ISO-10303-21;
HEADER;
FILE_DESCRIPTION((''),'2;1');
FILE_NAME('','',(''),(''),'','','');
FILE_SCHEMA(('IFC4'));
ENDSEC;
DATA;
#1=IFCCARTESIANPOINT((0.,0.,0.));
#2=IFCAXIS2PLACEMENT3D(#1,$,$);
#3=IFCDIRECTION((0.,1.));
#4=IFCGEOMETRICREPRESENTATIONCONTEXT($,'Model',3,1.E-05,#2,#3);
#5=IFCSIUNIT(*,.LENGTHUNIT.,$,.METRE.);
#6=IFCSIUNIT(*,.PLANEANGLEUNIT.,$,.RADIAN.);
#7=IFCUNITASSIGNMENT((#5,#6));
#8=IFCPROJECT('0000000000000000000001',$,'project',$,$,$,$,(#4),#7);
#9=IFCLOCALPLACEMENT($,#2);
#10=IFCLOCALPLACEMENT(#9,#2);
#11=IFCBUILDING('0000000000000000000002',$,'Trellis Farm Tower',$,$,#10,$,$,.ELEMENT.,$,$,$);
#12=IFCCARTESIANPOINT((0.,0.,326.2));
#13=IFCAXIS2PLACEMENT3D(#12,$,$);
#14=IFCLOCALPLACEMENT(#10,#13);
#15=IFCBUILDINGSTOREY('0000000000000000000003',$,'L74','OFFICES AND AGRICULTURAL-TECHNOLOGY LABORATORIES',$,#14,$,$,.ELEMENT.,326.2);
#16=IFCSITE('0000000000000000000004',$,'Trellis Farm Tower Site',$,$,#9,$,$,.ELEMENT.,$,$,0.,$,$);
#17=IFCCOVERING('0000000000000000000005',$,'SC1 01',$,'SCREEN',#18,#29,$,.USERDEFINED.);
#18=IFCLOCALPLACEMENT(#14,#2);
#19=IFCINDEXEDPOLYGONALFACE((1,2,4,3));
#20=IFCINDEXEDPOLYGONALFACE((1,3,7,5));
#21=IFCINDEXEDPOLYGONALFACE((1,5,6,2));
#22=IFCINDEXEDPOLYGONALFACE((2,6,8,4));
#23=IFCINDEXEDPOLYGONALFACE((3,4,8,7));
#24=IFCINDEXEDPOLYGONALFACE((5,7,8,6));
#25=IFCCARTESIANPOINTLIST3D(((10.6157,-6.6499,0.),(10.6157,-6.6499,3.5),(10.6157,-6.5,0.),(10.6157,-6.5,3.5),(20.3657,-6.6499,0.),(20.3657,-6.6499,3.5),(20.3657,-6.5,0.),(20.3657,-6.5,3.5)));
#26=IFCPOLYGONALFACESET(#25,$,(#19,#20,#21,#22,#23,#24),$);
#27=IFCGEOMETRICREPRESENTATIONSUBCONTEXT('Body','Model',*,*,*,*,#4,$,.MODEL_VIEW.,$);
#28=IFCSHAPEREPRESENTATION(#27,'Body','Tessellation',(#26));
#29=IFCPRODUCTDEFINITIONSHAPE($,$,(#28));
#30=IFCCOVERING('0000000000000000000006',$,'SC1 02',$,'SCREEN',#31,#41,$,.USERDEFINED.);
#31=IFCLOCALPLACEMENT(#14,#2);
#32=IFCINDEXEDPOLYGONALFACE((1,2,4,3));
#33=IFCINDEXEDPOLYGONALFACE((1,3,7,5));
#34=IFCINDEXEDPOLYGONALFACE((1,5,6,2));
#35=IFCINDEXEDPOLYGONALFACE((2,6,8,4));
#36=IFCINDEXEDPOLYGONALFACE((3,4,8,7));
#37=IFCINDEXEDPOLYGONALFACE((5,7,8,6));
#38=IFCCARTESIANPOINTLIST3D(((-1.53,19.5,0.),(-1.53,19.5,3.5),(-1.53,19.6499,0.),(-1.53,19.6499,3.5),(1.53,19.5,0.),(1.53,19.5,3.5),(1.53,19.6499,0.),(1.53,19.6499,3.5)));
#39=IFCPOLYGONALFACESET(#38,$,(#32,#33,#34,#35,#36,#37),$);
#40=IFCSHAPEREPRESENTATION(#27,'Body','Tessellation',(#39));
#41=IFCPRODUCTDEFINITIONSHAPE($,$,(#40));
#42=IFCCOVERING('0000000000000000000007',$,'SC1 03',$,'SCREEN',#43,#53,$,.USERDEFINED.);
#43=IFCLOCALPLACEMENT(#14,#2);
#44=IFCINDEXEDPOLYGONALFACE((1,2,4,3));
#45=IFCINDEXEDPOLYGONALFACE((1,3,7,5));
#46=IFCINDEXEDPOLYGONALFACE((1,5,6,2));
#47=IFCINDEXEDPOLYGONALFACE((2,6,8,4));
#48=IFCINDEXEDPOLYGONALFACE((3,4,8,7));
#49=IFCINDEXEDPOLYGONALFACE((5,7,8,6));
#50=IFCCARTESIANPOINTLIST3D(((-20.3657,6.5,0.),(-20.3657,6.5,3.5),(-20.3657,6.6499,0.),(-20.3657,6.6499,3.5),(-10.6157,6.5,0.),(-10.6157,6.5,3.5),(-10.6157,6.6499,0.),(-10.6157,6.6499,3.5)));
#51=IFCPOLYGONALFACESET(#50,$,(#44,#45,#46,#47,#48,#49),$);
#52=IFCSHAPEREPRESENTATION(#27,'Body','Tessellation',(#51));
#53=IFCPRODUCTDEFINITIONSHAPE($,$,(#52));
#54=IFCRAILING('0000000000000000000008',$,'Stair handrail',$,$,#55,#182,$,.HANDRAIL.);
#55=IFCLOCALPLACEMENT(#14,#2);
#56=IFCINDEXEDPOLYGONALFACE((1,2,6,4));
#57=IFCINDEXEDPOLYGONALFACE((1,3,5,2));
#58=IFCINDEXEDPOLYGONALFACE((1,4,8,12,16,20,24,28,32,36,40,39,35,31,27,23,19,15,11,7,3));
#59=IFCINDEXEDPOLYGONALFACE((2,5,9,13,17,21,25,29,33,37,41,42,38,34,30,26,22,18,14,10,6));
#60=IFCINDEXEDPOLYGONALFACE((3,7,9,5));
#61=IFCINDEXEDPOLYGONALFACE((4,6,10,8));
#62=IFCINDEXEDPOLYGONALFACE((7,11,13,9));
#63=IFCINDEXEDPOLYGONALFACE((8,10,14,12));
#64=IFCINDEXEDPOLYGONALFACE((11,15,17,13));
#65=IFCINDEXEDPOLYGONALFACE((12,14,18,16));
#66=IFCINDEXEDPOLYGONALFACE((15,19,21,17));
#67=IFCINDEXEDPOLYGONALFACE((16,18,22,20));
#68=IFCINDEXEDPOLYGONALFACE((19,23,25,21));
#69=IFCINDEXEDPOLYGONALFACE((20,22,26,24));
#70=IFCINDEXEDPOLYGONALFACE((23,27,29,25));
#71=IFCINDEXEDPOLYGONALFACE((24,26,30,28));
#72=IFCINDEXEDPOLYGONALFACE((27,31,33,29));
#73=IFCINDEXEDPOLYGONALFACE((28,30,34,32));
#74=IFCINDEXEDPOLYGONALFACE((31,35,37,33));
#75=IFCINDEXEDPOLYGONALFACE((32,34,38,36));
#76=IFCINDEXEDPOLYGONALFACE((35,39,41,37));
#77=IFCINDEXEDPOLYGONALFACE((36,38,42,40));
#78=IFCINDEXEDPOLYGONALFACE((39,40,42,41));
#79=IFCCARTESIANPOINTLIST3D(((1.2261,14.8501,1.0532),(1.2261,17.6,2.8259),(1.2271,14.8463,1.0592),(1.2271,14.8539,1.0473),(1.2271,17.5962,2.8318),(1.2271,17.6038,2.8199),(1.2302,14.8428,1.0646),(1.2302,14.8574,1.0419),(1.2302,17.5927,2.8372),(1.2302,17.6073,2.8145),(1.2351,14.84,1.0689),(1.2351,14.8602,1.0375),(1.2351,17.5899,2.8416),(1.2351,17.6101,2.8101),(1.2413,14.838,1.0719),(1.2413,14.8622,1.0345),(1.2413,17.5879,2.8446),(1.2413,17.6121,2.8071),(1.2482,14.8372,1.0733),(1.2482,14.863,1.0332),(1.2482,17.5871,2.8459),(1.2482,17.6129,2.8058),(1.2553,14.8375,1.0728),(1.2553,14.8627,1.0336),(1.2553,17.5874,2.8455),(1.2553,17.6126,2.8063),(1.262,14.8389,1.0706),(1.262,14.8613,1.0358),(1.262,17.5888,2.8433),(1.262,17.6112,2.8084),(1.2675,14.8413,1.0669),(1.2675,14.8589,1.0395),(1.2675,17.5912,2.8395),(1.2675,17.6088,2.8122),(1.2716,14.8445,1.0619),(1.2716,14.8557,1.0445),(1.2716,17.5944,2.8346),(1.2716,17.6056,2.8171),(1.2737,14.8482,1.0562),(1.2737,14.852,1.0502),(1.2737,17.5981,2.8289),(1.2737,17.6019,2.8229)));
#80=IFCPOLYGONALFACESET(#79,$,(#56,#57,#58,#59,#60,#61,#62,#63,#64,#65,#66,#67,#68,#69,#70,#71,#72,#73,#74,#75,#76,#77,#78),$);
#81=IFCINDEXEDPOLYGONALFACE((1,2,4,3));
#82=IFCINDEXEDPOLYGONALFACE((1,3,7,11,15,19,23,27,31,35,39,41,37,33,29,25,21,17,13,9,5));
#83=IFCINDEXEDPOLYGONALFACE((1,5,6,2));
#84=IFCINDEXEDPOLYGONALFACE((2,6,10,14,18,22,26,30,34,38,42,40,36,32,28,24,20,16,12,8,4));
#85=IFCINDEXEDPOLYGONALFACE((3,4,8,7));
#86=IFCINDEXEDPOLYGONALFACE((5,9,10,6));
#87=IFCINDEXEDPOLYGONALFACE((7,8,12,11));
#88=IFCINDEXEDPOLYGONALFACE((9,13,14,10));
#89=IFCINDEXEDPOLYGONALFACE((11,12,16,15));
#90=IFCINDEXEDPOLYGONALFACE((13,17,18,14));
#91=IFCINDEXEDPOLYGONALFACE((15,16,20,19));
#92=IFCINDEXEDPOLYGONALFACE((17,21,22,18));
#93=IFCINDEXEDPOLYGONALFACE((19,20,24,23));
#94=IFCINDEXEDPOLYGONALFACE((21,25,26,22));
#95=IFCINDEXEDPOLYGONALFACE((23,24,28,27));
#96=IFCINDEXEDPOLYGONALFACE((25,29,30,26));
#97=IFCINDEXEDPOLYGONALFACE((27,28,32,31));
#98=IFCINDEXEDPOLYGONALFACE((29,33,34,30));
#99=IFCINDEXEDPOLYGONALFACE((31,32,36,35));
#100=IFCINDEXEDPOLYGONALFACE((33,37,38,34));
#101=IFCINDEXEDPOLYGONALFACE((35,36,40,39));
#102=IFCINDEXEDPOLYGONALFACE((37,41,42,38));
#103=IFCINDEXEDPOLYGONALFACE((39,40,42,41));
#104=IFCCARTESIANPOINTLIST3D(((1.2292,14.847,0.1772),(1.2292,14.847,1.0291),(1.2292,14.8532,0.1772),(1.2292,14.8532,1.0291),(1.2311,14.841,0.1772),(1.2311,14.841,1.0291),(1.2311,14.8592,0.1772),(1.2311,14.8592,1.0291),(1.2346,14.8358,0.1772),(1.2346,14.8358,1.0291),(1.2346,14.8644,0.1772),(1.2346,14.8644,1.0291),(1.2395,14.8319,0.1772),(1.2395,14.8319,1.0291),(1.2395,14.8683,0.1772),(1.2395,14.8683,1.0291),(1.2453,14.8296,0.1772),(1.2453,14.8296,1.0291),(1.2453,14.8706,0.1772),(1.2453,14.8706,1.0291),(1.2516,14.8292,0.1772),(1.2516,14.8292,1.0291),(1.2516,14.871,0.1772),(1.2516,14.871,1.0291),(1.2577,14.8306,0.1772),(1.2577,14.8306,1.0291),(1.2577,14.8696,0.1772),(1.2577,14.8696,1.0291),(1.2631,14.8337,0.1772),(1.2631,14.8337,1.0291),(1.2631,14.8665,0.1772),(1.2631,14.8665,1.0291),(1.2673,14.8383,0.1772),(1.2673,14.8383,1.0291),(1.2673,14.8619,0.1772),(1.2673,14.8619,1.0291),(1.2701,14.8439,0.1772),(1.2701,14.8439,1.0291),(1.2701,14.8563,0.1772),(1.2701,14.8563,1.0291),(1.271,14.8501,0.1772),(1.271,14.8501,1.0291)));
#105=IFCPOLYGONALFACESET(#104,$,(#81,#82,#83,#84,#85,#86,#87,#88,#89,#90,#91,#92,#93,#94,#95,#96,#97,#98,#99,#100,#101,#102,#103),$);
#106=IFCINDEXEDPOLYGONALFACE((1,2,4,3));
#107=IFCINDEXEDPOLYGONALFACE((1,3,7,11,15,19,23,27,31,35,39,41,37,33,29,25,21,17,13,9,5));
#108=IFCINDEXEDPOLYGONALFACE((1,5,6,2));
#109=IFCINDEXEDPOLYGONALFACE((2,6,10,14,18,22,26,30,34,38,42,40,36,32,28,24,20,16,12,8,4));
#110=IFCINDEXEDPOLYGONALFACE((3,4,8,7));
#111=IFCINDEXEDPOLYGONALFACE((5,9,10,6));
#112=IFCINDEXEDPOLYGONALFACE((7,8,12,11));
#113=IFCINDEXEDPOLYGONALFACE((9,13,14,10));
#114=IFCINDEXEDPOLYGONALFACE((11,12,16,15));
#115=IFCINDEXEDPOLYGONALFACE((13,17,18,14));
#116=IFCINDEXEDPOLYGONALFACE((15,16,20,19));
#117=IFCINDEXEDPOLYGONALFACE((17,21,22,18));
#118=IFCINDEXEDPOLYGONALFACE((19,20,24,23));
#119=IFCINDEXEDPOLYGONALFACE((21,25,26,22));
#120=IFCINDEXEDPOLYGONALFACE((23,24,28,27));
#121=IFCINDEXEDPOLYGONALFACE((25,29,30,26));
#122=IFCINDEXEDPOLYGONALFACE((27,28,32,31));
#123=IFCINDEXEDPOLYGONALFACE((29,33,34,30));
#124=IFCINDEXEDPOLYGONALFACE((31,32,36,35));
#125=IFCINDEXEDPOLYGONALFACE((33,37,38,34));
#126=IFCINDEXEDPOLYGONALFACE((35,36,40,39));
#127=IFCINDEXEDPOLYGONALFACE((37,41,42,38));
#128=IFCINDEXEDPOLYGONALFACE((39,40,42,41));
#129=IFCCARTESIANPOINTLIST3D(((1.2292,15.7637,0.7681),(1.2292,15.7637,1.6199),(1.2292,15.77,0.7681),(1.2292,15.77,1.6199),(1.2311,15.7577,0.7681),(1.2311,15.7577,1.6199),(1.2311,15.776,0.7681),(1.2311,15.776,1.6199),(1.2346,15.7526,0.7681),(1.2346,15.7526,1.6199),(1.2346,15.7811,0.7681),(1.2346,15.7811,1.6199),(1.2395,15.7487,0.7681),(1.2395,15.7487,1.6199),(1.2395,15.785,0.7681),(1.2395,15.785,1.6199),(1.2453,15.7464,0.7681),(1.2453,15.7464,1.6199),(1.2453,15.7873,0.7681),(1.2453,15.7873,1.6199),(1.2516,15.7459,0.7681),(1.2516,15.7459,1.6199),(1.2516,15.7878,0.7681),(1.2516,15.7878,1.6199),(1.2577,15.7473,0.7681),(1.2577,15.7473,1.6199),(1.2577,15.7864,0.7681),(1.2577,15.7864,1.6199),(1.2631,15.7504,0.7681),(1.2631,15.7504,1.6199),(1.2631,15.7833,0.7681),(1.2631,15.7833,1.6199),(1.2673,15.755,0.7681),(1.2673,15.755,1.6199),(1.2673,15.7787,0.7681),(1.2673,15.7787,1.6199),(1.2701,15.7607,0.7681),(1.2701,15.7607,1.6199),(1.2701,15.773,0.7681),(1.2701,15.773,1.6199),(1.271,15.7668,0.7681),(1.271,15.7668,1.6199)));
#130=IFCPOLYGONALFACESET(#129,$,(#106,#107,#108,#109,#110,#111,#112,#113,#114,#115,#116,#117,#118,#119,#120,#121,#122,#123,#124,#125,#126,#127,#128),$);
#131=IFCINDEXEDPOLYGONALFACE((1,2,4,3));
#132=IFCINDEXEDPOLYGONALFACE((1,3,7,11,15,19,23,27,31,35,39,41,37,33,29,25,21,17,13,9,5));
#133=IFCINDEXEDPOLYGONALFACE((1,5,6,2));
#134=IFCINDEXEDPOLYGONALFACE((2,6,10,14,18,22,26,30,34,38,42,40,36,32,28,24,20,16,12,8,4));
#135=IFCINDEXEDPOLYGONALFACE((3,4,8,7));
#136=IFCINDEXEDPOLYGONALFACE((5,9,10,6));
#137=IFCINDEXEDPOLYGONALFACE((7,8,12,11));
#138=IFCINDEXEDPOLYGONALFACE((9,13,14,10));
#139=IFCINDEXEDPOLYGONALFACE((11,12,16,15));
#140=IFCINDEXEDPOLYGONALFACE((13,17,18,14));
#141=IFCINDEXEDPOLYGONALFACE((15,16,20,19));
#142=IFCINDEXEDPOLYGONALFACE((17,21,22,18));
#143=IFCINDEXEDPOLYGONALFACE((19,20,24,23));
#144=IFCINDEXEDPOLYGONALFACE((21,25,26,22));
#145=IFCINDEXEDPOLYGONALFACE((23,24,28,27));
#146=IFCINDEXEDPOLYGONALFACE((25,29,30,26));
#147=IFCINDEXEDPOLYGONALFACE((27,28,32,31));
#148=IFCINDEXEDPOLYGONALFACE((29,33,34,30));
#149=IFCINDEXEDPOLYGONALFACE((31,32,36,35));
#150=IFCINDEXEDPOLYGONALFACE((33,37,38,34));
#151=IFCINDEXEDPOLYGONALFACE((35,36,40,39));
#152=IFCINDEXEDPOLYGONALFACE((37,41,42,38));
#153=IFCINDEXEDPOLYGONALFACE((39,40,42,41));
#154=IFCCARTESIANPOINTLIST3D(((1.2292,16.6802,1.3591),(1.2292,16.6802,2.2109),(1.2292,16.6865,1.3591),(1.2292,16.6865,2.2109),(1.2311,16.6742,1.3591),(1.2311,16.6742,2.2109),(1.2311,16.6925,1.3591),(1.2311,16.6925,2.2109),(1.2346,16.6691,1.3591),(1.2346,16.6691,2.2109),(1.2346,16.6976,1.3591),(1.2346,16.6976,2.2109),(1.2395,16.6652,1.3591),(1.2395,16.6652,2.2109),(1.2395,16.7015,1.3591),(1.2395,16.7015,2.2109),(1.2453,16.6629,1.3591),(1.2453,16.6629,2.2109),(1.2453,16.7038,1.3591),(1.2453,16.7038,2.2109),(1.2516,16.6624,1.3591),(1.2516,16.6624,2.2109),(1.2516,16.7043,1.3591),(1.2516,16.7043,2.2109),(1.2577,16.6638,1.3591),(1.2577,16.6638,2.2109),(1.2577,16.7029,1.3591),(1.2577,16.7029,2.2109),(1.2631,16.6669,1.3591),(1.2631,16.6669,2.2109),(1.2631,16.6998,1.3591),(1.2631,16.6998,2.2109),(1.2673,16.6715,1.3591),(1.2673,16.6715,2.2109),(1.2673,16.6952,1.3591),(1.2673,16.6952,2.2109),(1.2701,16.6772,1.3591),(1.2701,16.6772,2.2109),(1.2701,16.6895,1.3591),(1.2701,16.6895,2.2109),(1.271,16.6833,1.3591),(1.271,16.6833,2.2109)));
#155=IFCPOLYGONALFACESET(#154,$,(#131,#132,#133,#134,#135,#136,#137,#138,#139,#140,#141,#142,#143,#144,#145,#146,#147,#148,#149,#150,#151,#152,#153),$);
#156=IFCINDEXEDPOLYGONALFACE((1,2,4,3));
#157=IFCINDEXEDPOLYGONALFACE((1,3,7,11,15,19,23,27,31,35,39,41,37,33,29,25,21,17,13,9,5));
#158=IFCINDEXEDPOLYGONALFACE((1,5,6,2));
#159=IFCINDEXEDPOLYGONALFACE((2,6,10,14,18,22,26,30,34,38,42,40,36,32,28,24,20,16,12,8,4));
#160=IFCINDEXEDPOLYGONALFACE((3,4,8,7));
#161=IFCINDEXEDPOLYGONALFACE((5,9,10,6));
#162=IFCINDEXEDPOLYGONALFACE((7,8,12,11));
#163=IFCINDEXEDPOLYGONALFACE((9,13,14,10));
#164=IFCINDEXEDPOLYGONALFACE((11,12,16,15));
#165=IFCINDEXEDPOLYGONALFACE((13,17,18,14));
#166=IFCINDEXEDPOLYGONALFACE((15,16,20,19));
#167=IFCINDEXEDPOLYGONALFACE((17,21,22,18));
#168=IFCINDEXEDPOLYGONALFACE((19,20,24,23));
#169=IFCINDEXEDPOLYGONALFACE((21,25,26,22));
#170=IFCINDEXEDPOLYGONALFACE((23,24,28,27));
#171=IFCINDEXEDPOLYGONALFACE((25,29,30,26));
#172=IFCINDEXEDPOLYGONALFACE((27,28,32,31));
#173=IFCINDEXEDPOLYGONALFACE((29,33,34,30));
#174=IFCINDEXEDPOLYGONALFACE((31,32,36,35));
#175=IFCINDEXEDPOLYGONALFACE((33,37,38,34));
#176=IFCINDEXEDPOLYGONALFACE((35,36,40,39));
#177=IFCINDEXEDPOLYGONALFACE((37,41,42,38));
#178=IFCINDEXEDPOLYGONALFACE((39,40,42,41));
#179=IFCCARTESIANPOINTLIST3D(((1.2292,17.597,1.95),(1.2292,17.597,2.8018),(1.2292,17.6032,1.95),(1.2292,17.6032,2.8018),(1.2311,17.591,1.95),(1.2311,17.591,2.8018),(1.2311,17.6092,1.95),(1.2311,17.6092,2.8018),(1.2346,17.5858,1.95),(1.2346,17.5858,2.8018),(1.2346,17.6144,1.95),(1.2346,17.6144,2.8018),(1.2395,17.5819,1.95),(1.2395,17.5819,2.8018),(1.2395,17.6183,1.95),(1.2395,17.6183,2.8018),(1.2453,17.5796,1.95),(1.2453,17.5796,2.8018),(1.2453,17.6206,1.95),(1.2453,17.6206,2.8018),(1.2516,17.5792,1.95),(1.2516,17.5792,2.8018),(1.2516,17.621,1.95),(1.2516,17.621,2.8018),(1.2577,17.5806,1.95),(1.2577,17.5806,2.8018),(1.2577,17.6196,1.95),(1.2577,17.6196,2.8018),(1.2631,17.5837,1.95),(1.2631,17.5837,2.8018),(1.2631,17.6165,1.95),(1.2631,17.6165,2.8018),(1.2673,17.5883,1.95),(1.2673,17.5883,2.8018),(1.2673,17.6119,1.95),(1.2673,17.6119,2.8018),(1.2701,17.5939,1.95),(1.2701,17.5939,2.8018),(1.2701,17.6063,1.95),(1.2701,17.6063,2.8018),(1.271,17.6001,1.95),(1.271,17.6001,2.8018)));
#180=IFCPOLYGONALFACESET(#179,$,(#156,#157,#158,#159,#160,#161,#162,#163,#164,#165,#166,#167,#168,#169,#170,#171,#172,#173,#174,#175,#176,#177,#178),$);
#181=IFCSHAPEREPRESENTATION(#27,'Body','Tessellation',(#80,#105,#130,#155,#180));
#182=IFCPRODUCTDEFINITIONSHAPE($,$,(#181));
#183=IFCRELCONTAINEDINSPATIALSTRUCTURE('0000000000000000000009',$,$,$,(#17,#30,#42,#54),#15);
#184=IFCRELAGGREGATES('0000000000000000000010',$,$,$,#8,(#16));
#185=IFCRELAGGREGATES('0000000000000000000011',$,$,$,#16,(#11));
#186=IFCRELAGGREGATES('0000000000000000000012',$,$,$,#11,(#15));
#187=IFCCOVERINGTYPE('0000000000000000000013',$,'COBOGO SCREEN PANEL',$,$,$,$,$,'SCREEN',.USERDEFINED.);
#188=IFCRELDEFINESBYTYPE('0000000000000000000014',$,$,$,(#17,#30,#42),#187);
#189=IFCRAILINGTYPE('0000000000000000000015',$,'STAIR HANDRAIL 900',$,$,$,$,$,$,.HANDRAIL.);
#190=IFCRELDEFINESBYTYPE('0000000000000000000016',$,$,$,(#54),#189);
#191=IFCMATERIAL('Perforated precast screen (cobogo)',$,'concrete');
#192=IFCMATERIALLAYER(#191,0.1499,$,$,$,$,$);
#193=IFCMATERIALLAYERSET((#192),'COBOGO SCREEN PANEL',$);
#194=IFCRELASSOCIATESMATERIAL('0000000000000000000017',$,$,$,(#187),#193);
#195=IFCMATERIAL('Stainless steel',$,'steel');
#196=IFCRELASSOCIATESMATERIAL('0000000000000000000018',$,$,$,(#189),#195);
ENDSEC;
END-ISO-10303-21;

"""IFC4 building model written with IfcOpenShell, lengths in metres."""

from ifc_helpers import new_model, si_unit, direction, frame, origin, origin_2d, place, context, subcontext, project, spatial, polyline, circle, outline, extrude, source, transform, mapped, material, layer, layer_set, type_object, element, save


model = new_model("IFC4")

# Units and contexts
model_context = context("Model", 3, precision=1e-05, world=origin(), true_north=direction((0.0, 1.0)))
body_context = subcontext(model_context, "Body", "Model", "MODEL_VIEW")
ifc_project = project(units=[si_unit("LENGTHUNIT", "METRE"), si_unit("PLANEANGLEUNIT", "RADIAN")], contexts=[model_context])

# Site, building, storey
site_placement = place(None, origin())
site = spatial("IfcSite", under=ifc_project, at=site_placement, Name="Trellis Farm Tower Site", CompositionType="ELEMENT", RefElevation=0.0)
building_placement = place(site_placement, origin())
building = spatial("IfcBuilding", under=site, at=building_placement, Name="Trellis Farm Tower", CompositionType="ELEMENT")
storey_placement = place(building_placement, frame((0.0, 0.0, 326.2)))
storey = spatial("IfcBuildingStorey", under=building, at=storey_placement, Name="L74", Description="OFFICES AND AGRICULTURAL-TECHNOLOGY LABORATORIES", CompositionType="ELEMENT", Elevation=326.2)

# Shared definitions
placement_1 = place(storey_placement, origin())

# Coverings
ifc_material_1 = material(Name="Perforated precast screen (cobogo)", Category="concrete")
ifc_layer_1 = layer(ifc_material_1, 0.1499)
ifc_layer_set_1 = layer_set([ifc_layer_1], Name="COBOGO SCREEN PANEL")
covering_type = type_object("IfcCoveringType", Name="COBOGO SCREEN PANEL", ElementType="SCREEN", PredefinedType="USERDEFINED", material=ifc_layer_set_1)
element("IfcCovering", 1, at=placement_1, inside=storey, type_object=covering_type, Name="SC1 01", ObjectType="SCREEN", PredefinedType="USERDEFINED", context=body_context, shape_type="SweptSolid", body=[
    extrude(outline(polyline([(10.6157, -6.6499), (20.3657, -6.6499), (20.3657, -6.5), (10.6157, -6.5), (10.6157, -6.6499)])), origin(), (0.0, 0.0, 1.0), 3.5),
])
element("IfcCovering", 2, at=placement_1, inside=storey, type_object=covering_type, Name="SC1 02", ObjectType="SCREEN", PredefinedType="USERDEFINED", context=body_context, shape_type="SweptSolid", body=[
    extrude(outline(polyline([(1.53, 19.6499), (-1.53, 19.6499), (-1.53, 19.5), (1.53, 19.5), (1.53, 19.6499)])), origin(), (0.0, 0.0, 1.0), 3.5),
])
element("IfcCovering", 3, at=placement_1, inside=storey, type_object=covering_type, Name="SC1 03", ObjectType="SCREEN", PredefinedType="USERDEFINED", context=body_context, shape_type="SweptSolid", body=[
    extrude(outline(polyline([(-10.6157, 6.6499), (-20.3657, 6.6499), (-20.3657, 6.5), (-10.6157, 6.5), (-10.6157, 6.6499)])), origin(), (0.0, 0.0, 1.0), 3.5),
])

# Railing
ifc_material_2 = material(Name="Stainless steel", Category="steel")
railing_type = type_object("IfcRailingType", Name="STAIR HANDRAIL 900", PredefinedType="HANDRAIL", material=ifc_material_2)
shared_shape_1 = source(origin(), body_context, "Body", "SweptSolid", [
    extrude(circle(Radius=0.0239, at=origin_2d()), frame((0.0, 0.0, 0.876), z_axis=(0.0, 0.840504, 0.541806), x_axis=(-1.0, 0.0, 0.0)), (0.0, 0.0, 1.0), 3.2717),
    extrude(circle(Radius=0.021, at=origin_2d()), origin(), (0.0, 0.0, 1.0), 0.8518),
    extrude(circle(Radius=0.021, at=origin_2d()), frame((0.0, 0.9167, 0.5908)), (0.0, 0.0, 1.0), 0.8518),
    extrude(circle(Radius=0.021, at=origin_2d()), frame((0.0, 1.8333, 1.1819)), (0.0, 0.0, 1.0), 0.8518),
    extrude(circle(Radius=0.021, at=origin_2d()), frame((0.0, 2.75, 1.7727)), (0.0, 0.0, 1.0), 0.8518),
])
railing_placement = place(storey_placement, frame((1.25, 14.8501, 0.1772)))
element("IfcRailing", 4, at=railing_placement, inside=storey, type_object=railing_type, Name="Stair handrail", PredefinedType="HANDRAIL", context=body_context, shape_type="MappedRepresentation", body=[
    mapped(shared_shape_1, transform((0.0, 0.0, 0.0))),
])

save(model, "model.ifc")
